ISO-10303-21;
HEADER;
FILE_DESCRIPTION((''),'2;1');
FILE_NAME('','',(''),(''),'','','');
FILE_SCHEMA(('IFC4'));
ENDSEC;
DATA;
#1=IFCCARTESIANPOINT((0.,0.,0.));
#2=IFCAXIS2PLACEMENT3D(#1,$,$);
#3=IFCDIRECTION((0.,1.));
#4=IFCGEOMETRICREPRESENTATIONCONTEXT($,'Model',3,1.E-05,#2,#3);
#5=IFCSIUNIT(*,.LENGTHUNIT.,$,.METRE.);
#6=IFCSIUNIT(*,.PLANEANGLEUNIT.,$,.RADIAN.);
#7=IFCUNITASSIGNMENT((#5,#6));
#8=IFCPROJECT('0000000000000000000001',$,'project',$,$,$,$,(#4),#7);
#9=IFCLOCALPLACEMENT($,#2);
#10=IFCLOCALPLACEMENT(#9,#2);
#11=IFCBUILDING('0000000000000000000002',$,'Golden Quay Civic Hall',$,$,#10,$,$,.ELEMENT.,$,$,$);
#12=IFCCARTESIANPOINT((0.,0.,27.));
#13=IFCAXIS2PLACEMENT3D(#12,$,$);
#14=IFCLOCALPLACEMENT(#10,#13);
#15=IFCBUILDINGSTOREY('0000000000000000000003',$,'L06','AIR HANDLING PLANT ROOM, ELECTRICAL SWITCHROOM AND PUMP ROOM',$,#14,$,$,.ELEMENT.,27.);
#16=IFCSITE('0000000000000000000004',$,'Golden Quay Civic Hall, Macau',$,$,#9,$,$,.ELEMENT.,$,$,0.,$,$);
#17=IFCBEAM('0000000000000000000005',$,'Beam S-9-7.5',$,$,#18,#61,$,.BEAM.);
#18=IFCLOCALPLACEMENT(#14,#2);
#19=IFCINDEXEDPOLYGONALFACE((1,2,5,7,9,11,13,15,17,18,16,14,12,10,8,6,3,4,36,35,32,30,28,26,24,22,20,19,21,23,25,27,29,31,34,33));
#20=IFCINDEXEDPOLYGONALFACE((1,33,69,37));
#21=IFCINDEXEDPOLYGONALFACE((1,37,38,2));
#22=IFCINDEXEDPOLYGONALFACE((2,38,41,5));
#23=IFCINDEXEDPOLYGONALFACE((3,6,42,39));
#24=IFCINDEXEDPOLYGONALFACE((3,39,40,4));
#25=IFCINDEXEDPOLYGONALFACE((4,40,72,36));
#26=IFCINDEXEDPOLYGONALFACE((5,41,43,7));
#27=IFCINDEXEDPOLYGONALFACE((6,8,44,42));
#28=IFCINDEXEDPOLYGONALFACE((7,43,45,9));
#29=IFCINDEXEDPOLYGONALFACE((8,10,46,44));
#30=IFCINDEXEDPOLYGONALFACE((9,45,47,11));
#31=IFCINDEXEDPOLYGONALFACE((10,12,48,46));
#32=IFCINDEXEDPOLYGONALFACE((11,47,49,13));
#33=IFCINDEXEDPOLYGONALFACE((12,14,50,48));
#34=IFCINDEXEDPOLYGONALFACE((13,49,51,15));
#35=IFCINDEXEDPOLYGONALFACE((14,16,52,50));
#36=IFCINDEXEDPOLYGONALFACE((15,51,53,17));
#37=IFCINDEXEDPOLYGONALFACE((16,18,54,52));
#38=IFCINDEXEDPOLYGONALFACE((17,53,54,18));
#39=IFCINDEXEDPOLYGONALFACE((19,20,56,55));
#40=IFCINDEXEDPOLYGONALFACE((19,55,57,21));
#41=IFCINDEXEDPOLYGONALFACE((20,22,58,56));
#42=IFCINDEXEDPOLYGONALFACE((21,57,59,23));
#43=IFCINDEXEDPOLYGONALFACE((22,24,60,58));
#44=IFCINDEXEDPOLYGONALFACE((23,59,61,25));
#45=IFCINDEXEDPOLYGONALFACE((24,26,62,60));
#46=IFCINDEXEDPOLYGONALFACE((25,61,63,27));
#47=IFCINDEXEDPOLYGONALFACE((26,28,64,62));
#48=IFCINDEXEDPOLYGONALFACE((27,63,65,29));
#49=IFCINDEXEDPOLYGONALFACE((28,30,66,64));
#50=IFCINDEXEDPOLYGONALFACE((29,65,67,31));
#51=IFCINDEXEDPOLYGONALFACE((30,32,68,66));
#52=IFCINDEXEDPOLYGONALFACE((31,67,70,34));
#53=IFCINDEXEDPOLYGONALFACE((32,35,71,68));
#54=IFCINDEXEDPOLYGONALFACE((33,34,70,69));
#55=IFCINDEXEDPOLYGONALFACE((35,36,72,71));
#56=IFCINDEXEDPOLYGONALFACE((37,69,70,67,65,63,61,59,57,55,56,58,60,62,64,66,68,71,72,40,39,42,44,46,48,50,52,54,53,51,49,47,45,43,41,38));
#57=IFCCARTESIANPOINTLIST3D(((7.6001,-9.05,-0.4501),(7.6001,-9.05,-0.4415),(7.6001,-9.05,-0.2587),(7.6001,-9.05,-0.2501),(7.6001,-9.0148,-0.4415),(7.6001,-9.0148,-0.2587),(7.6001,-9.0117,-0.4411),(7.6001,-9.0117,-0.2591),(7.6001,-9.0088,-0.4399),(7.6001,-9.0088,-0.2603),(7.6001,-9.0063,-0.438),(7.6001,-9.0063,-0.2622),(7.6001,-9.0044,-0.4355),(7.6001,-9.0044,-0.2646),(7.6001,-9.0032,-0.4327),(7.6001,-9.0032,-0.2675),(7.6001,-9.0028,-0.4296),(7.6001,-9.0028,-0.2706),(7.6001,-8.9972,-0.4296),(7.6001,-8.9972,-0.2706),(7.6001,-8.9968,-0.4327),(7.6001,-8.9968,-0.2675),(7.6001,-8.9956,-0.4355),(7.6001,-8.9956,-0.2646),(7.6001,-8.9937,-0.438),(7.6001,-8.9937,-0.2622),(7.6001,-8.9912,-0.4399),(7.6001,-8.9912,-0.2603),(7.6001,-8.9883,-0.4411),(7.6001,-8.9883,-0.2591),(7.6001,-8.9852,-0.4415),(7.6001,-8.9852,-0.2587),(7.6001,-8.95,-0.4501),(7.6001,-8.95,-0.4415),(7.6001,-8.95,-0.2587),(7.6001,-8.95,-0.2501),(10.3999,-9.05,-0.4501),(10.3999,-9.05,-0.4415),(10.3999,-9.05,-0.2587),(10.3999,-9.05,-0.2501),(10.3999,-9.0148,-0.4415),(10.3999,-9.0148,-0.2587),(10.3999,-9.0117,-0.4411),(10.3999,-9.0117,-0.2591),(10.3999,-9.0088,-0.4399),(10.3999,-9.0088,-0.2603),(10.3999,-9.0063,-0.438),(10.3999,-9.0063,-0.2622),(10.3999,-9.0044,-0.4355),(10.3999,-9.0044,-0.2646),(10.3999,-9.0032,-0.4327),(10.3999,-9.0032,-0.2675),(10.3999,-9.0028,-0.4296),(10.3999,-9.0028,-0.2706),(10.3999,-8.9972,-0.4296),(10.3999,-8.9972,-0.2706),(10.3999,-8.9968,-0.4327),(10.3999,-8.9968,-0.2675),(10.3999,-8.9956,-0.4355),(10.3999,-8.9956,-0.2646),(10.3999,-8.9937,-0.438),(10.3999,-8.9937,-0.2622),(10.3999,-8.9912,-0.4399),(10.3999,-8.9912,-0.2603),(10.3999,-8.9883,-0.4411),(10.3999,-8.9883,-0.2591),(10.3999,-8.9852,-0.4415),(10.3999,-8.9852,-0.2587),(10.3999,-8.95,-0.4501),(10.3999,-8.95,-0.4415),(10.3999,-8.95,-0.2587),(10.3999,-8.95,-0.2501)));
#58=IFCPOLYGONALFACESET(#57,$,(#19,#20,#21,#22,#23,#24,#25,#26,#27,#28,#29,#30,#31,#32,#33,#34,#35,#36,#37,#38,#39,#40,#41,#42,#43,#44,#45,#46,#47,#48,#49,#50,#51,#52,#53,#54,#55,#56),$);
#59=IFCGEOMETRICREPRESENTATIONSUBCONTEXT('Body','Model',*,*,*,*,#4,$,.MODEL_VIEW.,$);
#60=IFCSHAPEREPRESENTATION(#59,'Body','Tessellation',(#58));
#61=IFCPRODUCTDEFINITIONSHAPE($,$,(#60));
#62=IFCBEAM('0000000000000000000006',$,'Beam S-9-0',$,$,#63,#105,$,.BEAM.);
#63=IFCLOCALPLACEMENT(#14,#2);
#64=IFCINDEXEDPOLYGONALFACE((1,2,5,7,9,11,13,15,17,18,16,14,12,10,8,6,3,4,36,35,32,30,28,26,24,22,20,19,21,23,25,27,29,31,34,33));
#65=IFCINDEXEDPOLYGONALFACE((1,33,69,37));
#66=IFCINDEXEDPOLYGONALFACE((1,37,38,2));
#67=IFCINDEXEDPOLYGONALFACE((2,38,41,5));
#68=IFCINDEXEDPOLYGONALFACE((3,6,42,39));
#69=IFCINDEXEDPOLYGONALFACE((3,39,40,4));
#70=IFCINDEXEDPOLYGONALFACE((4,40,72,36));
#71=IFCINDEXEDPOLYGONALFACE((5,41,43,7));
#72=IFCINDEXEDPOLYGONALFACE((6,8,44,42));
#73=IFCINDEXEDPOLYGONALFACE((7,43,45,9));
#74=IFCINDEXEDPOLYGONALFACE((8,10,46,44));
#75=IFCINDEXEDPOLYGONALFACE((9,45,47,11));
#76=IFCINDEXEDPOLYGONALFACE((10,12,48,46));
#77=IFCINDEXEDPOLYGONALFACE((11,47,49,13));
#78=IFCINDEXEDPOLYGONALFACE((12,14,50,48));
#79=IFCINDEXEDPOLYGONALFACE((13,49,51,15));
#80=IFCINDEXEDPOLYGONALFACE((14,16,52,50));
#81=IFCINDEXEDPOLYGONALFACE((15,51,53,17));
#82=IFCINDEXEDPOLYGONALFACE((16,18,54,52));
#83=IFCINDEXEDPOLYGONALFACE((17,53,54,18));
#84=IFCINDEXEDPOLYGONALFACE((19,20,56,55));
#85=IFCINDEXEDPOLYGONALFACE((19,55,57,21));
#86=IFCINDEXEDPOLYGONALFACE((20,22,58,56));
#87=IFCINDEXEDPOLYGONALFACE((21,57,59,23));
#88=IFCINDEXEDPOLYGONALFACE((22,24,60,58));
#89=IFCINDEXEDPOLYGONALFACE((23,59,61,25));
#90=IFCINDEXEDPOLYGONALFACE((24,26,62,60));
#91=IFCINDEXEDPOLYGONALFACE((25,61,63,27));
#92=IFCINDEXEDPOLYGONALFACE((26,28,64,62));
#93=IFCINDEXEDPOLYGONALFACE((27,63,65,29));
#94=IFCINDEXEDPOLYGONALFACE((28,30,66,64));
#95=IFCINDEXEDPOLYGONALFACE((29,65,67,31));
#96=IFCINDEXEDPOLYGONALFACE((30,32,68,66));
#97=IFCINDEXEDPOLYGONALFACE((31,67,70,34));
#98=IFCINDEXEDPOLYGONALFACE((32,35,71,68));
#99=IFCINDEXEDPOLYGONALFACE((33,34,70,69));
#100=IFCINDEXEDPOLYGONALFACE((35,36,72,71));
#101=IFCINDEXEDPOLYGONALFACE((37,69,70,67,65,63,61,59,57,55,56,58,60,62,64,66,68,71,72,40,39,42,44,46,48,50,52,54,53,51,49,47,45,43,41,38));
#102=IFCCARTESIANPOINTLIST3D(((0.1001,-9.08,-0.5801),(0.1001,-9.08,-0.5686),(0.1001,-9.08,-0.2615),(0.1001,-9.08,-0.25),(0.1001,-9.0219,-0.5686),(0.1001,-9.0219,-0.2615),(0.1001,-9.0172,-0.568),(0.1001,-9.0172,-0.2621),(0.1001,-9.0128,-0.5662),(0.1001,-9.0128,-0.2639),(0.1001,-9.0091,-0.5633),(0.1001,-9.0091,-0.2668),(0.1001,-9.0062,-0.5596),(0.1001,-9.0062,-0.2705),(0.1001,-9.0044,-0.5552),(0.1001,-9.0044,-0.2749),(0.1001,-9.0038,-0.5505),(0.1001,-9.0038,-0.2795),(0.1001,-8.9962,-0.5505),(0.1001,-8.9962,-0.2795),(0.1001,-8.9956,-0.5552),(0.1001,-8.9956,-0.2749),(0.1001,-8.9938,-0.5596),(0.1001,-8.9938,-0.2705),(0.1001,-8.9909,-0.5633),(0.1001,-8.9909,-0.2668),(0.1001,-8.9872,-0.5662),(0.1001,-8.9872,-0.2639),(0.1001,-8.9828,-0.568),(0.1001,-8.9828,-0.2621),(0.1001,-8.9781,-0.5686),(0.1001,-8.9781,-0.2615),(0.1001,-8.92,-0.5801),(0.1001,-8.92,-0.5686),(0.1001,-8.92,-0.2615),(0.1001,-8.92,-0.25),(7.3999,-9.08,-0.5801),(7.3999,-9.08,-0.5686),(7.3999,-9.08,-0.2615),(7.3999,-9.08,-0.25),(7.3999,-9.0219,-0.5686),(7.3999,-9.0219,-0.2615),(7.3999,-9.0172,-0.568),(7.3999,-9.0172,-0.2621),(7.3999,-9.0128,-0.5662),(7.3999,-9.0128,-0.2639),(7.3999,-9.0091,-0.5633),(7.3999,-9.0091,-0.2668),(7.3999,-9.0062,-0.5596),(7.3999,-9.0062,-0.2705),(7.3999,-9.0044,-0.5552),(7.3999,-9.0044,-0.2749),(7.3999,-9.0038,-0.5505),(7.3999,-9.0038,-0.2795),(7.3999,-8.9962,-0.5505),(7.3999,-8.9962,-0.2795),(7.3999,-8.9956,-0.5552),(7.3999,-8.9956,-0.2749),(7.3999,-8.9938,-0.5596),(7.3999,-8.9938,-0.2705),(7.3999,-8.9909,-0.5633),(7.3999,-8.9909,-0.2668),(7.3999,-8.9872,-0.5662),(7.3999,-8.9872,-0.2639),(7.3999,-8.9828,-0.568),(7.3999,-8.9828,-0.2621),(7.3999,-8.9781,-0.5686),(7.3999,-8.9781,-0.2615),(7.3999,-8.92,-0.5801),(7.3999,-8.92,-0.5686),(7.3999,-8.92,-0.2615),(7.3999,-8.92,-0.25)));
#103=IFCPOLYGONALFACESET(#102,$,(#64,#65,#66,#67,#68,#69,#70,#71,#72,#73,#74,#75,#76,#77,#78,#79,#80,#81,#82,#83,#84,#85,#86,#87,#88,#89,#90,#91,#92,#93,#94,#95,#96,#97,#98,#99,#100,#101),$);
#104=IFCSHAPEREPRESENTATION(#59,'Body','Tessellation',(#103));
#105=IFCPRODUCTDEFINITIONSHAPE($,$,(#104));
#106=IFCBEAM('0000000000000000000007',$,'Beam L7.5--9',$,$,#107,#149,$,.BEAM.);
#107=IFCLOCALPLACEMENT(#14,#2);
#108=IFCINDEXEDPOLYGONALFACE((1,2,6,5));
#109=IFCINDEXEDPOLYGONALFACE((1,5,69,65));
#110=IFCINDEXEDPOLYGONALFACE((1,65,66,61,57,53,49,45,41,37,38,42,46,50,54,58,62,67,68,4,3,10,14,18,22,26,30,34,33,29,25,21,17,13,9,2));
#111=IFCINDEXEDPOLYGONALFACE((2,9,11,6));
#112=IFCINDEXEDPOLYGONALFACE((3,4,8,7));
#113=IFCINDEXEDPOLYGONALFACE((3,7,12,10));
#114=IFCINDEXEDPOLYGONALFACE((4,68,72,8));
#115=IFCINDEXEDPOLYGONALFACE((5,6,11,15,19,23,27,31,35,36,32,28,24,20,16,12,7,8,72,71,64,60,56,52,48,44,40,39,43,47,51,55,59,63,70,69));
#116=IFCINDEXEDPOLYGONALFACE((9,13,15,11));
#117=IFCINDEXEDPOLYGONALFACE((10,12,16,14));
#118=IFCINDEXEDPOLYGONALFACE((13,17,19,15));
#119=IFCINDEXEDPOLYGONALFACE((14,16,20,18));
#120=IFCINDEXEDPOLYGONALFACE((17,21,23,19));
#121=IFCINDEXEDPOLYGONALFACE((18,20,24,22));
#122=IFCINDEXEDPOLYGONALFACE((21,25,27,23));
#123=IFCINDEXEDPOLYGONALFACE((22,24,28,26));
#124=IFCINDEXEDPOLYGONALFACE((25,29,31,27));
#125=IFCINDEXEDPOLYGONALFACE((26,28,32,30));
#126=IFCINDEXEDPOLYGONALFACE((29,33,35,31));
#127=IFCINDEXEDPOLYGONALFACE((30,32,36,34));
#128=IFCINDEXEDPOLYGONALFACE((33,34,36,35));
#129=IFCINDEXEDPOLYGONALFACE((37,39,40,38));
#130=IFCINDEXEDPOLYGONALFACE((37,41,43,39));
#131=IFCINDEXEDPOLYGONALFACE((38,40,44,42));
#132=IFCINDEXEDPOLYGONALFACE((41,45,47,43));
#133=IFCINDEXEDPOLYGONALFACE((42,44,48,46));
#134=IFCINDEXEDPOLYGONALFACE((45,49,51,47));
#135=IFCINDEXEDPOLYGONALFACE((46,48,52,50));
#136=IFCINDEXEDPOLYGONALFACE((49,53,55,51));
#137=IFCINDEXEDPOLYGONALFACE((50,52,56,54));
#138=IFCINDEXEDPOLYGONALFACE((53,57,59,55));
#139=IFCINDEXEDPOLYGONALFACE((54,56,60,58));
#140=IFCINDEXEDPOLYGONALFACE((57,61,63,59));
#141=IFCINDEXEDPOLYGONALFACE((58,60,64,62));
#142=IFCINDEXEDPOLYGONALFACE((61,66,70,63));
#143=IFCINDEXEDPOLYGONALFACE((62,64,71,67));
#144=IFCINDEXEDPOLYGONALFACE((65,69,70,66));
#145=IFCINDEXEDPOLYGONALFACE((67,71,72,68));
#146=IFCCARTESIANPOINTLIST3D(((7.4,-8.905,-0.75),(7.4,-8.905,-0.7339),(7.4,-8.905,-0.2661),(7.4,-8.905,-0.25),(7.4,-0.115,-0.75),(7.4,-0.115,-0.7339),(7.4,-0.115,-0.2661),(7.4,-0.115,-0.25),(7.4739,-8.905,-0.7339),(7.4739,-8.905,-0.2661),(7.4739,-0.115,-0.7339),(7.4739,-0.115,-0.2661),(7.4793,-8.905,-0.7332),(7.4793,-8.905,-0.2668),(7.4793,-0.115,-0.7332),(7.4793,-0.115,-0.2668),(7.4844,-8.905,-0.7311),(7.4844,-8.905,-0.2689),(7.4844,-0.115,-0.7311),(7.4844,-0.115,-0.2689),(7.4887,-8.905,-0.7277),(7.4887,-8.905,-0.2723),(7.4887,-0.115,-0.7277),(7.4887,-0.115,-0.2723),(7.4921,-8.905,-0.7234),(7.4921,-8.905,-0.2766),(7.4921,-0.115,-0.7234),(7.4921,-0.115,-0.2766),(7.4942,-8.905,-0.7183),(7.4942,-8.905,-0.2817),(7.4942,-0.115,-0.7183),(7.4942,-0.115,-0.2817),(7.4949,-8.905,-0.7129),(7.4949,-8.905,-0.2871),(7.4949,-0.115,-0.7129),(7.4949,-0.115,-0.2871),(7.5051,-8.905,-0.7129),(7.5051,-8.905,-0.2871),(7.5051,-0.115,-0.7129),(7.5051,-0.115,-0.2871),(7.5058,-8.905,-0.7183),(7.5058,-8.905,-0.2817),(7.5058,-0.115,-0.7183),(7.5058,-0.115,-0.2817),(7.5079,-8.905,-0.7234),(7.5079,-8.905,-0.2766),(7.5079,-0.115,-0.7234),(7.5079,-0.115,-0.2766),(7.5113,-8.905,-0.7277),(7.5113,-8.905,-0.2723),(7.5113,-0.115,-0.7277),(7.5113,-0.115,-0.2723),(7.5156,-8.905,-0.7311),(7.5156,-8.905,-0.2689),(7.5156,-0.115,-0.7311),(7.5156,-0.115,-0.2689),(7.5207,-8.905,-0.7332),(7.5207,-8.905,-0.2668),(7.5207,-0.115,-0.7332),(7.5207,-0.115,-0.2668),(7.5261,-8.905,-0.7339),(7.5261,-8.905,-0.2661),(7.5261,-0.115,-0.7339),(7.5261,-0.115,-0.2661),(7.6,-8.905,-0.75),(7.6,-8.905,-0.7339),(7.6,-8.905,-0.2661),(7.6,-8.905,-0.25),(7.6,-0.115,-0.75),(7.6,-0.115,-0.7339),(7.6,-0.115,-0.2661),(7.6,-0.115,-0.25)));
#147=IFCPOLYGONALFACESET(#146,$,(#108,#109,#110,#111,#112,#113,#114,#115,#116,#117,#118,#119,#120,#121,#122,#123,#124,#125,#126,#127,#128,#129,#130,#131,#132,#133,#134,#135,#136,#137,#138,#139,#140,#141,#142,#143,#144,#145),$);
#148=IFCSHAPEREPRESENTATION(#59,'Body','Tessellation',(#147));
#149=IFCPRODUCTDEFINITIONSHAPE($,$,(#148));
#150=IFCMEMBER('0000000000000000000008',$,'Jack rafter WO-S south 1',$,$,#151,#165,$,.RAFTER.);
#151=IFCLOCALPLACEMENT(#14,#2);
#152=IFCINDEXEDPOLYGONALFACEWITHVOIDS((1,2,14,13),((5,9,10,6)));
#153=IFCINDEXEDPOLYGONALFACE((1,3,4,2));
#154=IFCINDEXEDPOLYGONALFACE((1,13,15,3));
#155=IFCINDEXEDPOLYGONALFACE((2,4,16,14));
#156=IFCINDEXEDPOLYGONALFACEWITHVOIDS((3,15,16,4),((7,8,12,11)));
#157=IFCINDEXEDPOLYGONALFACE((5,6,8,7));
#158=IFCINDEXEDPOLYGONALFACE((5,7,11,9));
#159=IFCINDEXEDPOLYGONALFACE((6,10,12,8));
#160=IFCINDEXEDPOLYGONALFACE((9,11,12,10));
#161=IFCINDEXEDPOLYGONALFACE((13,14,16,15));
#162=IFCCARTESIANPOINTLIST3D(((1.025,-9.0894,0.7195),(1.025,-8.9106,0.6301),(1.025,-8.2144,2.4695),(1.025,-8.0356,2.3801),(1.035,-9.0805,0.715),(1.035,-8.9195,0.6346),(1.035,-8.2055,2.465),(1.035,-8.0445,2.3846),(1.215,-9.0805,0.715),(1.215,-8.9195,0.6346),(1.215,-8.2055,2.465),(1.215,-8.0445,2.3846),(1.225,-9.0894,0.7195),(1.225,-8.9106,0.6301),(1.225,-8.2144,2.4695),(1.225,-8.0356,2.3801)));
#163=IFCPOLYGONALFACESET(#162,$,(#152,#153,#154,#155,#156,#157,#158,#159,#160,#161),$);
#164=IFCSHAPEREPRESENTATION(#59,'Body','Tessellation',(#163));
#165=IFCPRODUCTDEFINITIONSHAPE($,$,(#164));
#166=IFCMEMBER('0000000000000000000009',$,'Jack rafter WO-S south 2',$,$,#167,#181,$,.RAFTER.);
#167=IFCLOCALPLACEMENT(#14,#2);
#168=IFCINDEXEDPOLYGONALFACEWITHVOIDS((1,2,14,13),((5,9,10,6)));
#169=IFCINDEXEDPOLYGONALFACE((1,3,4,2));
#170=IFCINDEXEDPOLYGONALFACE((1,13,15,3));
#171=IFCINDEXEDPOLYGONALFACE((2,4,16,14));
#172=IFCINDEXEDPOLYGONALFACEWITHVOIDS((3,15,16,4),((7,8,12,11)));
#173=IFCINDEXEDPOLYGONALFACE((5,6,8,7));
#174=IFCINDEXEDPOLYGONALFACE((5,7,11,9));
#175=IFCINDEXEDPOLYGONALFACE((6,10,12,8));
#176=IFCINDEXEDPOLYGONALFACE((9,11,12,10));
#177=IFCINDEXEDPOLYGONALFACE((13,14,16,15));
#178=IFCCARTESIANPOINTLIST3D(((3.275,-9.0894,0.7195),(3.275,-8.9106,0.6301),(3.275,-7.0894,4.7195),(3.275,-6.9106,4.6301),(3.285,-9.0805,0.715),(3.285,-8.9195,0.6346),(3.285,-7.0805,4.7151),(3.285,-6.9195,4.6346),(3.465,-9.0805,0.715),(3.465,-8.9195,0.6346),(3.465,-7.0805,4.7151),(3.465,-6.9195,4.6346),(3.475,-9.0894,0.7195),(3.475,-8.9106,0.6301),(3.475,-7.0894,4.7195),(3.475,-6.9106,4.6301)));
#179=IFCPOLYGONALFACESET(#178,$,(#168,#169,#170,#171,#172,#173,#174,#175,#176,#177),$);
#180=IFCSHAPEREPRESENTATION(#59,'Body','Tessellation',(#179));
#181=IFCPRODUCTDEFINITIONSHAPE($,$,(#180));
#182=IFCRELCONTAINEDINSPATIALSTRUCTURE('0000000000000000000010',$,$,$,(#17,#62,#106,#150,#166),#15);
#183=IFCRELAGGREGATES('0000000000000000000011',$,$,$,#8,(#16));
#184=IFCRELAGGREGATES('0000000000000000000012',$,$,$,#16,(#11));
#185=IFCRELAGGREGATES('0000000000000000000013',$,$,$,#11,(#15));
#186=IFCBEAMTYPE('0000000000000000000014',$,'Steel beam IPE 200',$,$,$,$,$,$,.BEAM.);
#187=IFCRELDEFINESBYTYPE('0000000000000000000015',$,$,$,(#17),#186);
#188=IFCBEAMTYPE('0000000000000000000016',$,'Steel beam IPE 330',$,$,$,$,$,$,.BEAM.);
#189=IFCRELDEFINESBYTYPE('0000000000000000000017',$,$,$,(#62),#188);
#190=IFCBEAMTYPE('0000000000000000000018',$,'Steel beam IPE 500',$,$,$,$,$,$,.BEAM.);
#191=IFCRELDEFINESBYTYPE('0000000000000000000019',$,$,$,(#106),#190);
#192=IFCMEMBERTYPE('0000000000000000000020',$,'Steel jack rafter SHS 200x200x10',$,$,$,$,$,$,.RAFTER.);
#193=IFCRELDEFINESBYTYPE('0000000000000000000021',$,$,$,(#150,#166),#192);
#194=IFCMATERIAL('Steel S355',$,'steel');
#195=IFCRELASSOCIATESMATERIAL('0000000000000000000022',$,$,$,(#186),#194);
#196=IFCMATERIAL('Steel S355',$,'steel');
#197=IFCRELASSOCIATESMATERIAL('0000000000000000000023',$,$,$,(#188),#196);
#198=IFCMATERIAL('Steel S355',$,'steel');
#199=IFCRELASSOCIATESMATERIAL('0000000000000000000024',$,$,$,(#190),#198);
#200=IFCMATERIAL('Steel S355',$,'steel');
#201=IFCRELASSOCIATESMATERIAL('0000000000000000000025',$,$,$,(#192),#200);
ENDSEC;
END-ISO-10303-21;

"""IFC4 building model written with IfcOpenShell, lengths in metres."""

from ifc_helpers import new_model, si_unit, direction, frame, origin, origin_2d, place, context, subcontext, project, spatial, hollow_rectangle, i_section, extrude, material, material_profile, profile_set, type_object, element, save


model = new_model("IFC4")

# Units and contexts
model_context = context("Model", 3, precision=1e-05, world=origin(), true_north=direction((0.0, 1.0)))
body_context = subcontext(model_context, "Body", "Model", "MODEL_VIEW")
ifc_project = project(units=[si_unit("LENGTHUNIT", "METRE"), si_unit("PLANEANGLEUNIT", "RADIAN")], contexts=[model_context])

# Site, building, storey
site_placement = place(None, origin())
site = spatial("IfcSite", under=ifc_project, at=site_placement, Name="Golden Quay Civic Hall, Macau", CompositionType="ELEMENT", RefElevation=0.0)
building_placement = place(site_placement, origin())
building = spatial("IfcBuilding", under=site, at=building_placement, Name="Golden Quay Civic Hall", CompositionType="ELEMENT")
storey_placement = place(building_placement, frame((0.0, 0.0, 27.0)))
storey = spatial("IfcBuildingStorey", under=building, at=storey_placement, Name="L06", Description="AIR HANDLING PLANT ROOM, ELECTRICAL SWITCHROOM AND PUMP ROOM", CompositionType="ELEMENT", Elevation=27.0)

# Beams
ifc_material_1 = material(Name="Steel S355", Category="steel")
ifc_material_profile_1 = material_profile(ifc_material_1, i_section(OverallWidth=0.1001, OverallDepth=0.2, WebThickness=0.0056, FlangeThickness=0.0085, FilletRadius=0.012, at=origin_2d()), Name="IPE 200")
ifc_profile_set_1 = profile_set([ifc_material_profile_1], Name="Steel S355")
beam_type_1 = type_object("IfcBeamType", Name="Steel beam IPE 200", PredefinedType="BEAM", material=ifc_profile_set_1)
beam_1_placement = place(storey_placement, frame((7.6001, -9.0, -0.3501), z_axis=(1.0, 0.0, 0.0), x_axis=(0.0, 1.0, 0.0)))
element("IfcBeam", 1, at=beam_1_placement, inside=storey, type_object=beam_type_1, Name="Beam S-9-7.5", PredefinedType="BEAM", context=body_context, shape_type="SweptSolid", body=[
    extrude(i_section(OverallWidth=0.1001, OverallDepth=0.2, WebThickness=0.0056, FlangeThickness=0.0085, FilletRadius=0.012, at=origin_2d()), origin(), (0.0, 0.0, 1.0), 2.7998),
])
ifc_material_2 = material(Name="Steel S355", Category="steel")
ifc_material_profile_2 = material_profile(ifc_material_2, i_section(OverallWidth=0.1599, OverallDepth=0.3301, WebThickness=0.0076, FlangeThickness=0.0115, FilletRadius=0.0181, at=origin_2d()), Name="IPE 330")
ifc_profile_set_2 = profile_set([ifc_material_profile_2], Name="Steel S355")
beam_type_2 = type_object("IfcBeamType", Name="Steel beam IPE 330", PredefinedType="BEAM", material=ifc_profile_set_2)
beam_2_placement = place(storey_placement, frame((0.1001, -9.0, -0.415), z_axis=(1.0, 0.0, 0.0), x_axis=(0.0, 1.0, 0.0)))
element("IfcBeam", 2, at=beam_2_placement, inside=storey, type_object=beam_type_2, Name="Beam S-9-0", PredefinedType="BEAM", context=body_context, shape_type="SweptSolid", body=[
    extrude(i_section(OverallWidth=0.1599, OverallDepth=0.3301, WebThickness=0.0076, FlangeThickness=0.0115, FilletRadius=0.0181, at=origin_2d()), origin(), (0.0, 0.0, 1.0), 7.2998),
])
ifc_material_3 = material(Name="Steel S355", Category="steel")
ifc_material_profile_3 = material_profile(ifc_material_3, i_section(OverallWidth=0.2, OverallDepth=0.5, WebThickness=0.0103, FlangeThickness=0.0161, FilletRadius=0.021, at=origin_2d()), Name="IPE 500")
ifc_profile_set_3 = profile_set([ifc_material_profile_3], Name="Steel S355")
beam_type_3 = type_object("IfcBeamType", Name="Steel beam IPE 500", PredefinedType="BEAM", material=ifc_profile_set_3)
beam_3_placement = place(storey_placement, frame((7.5, -8.905, -0.5), z_axis=(0.0, 1.0, 0.0), x_axis=(-1.0, 0.0, 0.0)))
element("IfcBeam", 3, at=beam_3_placement, inside=storey, type_object=beam_type_3, Name="Beam L7.5--9", PredefinedType="BEAM", context=body_context, shape_type="SweptSolid", body=[
    extrude(i_section(OverallWidth=0.2, OverallDepth=0.5, WebThickness=0.0103, FlangeThickness=0.0161, FilletRadius=0.021, at=origin_2d()), origin(), (0.0, 0.0, 1.0), 8.79),
])

# Members
ifc_material_4 = material(Name="Steel S355", Category="steel")
ifc_material_profile_4 = material_profile(ifc_material_4, hollow_rectangle(XDim=0.2, YDim=0.2, WallThickness=0.01, at=origin_2d()), Name="SHS 200x200x10")
ifc_profile_set_4 = profile_set([ifc_material_profile_4], Name="Steel S355")
member_type_1 = type_object("IfcMemberType", Name="Steel jack rafter SHS 200x200x10", PredefinedType="RAFTER", material=ifc_profile_set_4)
member_1_placement = place(storey_placement, frame((1.125, -9.0, 0.6748), z_axis=(0.0, 0.447214, 0.894427), x_axis=(-1.0, 0.0, 0.0)))
element("IfcMember", 4, at=member_1_placement, inside=storey, type_object=member_type_1, Name="Jack rafter WO-S south 1", PredefinedType="RAFTER", context=body_context, shape_type="SweptSolid", body=[
    extrude(hollow_rectangle(XDim=0.2, YDim=0.2, WallThickness=0.01, at=origin_2d()), origin(), (0.0, 0.0, 1.0), 1.9565),
])
for number, where, z_axis, x_axis, name in (
    (5, (3.375, -9.0, 0.6748), (0.0, 0.447214, 0.894427), (-1.0, 0.0, 0.0), "Jack rafter WO-S south 2"),
):
    element("IfcMember", number, at=place(storey_placement, frame(where, z_axis=z_axis, x_axis=x_axis)), inside=storey, type_object=member_type_1, Name=name, PredefinedType="RAFTER", context=body_context, shape_type="SweptSolid", body=[
        extrude(hollow_rectangle(XDim=0.2, YDim=0.2, WallThickness=0.01, at=origin_2d()), origin(), (0.0, 0.0, 1.0), 4.4722),
    ])

save(model, "model.ifc")
